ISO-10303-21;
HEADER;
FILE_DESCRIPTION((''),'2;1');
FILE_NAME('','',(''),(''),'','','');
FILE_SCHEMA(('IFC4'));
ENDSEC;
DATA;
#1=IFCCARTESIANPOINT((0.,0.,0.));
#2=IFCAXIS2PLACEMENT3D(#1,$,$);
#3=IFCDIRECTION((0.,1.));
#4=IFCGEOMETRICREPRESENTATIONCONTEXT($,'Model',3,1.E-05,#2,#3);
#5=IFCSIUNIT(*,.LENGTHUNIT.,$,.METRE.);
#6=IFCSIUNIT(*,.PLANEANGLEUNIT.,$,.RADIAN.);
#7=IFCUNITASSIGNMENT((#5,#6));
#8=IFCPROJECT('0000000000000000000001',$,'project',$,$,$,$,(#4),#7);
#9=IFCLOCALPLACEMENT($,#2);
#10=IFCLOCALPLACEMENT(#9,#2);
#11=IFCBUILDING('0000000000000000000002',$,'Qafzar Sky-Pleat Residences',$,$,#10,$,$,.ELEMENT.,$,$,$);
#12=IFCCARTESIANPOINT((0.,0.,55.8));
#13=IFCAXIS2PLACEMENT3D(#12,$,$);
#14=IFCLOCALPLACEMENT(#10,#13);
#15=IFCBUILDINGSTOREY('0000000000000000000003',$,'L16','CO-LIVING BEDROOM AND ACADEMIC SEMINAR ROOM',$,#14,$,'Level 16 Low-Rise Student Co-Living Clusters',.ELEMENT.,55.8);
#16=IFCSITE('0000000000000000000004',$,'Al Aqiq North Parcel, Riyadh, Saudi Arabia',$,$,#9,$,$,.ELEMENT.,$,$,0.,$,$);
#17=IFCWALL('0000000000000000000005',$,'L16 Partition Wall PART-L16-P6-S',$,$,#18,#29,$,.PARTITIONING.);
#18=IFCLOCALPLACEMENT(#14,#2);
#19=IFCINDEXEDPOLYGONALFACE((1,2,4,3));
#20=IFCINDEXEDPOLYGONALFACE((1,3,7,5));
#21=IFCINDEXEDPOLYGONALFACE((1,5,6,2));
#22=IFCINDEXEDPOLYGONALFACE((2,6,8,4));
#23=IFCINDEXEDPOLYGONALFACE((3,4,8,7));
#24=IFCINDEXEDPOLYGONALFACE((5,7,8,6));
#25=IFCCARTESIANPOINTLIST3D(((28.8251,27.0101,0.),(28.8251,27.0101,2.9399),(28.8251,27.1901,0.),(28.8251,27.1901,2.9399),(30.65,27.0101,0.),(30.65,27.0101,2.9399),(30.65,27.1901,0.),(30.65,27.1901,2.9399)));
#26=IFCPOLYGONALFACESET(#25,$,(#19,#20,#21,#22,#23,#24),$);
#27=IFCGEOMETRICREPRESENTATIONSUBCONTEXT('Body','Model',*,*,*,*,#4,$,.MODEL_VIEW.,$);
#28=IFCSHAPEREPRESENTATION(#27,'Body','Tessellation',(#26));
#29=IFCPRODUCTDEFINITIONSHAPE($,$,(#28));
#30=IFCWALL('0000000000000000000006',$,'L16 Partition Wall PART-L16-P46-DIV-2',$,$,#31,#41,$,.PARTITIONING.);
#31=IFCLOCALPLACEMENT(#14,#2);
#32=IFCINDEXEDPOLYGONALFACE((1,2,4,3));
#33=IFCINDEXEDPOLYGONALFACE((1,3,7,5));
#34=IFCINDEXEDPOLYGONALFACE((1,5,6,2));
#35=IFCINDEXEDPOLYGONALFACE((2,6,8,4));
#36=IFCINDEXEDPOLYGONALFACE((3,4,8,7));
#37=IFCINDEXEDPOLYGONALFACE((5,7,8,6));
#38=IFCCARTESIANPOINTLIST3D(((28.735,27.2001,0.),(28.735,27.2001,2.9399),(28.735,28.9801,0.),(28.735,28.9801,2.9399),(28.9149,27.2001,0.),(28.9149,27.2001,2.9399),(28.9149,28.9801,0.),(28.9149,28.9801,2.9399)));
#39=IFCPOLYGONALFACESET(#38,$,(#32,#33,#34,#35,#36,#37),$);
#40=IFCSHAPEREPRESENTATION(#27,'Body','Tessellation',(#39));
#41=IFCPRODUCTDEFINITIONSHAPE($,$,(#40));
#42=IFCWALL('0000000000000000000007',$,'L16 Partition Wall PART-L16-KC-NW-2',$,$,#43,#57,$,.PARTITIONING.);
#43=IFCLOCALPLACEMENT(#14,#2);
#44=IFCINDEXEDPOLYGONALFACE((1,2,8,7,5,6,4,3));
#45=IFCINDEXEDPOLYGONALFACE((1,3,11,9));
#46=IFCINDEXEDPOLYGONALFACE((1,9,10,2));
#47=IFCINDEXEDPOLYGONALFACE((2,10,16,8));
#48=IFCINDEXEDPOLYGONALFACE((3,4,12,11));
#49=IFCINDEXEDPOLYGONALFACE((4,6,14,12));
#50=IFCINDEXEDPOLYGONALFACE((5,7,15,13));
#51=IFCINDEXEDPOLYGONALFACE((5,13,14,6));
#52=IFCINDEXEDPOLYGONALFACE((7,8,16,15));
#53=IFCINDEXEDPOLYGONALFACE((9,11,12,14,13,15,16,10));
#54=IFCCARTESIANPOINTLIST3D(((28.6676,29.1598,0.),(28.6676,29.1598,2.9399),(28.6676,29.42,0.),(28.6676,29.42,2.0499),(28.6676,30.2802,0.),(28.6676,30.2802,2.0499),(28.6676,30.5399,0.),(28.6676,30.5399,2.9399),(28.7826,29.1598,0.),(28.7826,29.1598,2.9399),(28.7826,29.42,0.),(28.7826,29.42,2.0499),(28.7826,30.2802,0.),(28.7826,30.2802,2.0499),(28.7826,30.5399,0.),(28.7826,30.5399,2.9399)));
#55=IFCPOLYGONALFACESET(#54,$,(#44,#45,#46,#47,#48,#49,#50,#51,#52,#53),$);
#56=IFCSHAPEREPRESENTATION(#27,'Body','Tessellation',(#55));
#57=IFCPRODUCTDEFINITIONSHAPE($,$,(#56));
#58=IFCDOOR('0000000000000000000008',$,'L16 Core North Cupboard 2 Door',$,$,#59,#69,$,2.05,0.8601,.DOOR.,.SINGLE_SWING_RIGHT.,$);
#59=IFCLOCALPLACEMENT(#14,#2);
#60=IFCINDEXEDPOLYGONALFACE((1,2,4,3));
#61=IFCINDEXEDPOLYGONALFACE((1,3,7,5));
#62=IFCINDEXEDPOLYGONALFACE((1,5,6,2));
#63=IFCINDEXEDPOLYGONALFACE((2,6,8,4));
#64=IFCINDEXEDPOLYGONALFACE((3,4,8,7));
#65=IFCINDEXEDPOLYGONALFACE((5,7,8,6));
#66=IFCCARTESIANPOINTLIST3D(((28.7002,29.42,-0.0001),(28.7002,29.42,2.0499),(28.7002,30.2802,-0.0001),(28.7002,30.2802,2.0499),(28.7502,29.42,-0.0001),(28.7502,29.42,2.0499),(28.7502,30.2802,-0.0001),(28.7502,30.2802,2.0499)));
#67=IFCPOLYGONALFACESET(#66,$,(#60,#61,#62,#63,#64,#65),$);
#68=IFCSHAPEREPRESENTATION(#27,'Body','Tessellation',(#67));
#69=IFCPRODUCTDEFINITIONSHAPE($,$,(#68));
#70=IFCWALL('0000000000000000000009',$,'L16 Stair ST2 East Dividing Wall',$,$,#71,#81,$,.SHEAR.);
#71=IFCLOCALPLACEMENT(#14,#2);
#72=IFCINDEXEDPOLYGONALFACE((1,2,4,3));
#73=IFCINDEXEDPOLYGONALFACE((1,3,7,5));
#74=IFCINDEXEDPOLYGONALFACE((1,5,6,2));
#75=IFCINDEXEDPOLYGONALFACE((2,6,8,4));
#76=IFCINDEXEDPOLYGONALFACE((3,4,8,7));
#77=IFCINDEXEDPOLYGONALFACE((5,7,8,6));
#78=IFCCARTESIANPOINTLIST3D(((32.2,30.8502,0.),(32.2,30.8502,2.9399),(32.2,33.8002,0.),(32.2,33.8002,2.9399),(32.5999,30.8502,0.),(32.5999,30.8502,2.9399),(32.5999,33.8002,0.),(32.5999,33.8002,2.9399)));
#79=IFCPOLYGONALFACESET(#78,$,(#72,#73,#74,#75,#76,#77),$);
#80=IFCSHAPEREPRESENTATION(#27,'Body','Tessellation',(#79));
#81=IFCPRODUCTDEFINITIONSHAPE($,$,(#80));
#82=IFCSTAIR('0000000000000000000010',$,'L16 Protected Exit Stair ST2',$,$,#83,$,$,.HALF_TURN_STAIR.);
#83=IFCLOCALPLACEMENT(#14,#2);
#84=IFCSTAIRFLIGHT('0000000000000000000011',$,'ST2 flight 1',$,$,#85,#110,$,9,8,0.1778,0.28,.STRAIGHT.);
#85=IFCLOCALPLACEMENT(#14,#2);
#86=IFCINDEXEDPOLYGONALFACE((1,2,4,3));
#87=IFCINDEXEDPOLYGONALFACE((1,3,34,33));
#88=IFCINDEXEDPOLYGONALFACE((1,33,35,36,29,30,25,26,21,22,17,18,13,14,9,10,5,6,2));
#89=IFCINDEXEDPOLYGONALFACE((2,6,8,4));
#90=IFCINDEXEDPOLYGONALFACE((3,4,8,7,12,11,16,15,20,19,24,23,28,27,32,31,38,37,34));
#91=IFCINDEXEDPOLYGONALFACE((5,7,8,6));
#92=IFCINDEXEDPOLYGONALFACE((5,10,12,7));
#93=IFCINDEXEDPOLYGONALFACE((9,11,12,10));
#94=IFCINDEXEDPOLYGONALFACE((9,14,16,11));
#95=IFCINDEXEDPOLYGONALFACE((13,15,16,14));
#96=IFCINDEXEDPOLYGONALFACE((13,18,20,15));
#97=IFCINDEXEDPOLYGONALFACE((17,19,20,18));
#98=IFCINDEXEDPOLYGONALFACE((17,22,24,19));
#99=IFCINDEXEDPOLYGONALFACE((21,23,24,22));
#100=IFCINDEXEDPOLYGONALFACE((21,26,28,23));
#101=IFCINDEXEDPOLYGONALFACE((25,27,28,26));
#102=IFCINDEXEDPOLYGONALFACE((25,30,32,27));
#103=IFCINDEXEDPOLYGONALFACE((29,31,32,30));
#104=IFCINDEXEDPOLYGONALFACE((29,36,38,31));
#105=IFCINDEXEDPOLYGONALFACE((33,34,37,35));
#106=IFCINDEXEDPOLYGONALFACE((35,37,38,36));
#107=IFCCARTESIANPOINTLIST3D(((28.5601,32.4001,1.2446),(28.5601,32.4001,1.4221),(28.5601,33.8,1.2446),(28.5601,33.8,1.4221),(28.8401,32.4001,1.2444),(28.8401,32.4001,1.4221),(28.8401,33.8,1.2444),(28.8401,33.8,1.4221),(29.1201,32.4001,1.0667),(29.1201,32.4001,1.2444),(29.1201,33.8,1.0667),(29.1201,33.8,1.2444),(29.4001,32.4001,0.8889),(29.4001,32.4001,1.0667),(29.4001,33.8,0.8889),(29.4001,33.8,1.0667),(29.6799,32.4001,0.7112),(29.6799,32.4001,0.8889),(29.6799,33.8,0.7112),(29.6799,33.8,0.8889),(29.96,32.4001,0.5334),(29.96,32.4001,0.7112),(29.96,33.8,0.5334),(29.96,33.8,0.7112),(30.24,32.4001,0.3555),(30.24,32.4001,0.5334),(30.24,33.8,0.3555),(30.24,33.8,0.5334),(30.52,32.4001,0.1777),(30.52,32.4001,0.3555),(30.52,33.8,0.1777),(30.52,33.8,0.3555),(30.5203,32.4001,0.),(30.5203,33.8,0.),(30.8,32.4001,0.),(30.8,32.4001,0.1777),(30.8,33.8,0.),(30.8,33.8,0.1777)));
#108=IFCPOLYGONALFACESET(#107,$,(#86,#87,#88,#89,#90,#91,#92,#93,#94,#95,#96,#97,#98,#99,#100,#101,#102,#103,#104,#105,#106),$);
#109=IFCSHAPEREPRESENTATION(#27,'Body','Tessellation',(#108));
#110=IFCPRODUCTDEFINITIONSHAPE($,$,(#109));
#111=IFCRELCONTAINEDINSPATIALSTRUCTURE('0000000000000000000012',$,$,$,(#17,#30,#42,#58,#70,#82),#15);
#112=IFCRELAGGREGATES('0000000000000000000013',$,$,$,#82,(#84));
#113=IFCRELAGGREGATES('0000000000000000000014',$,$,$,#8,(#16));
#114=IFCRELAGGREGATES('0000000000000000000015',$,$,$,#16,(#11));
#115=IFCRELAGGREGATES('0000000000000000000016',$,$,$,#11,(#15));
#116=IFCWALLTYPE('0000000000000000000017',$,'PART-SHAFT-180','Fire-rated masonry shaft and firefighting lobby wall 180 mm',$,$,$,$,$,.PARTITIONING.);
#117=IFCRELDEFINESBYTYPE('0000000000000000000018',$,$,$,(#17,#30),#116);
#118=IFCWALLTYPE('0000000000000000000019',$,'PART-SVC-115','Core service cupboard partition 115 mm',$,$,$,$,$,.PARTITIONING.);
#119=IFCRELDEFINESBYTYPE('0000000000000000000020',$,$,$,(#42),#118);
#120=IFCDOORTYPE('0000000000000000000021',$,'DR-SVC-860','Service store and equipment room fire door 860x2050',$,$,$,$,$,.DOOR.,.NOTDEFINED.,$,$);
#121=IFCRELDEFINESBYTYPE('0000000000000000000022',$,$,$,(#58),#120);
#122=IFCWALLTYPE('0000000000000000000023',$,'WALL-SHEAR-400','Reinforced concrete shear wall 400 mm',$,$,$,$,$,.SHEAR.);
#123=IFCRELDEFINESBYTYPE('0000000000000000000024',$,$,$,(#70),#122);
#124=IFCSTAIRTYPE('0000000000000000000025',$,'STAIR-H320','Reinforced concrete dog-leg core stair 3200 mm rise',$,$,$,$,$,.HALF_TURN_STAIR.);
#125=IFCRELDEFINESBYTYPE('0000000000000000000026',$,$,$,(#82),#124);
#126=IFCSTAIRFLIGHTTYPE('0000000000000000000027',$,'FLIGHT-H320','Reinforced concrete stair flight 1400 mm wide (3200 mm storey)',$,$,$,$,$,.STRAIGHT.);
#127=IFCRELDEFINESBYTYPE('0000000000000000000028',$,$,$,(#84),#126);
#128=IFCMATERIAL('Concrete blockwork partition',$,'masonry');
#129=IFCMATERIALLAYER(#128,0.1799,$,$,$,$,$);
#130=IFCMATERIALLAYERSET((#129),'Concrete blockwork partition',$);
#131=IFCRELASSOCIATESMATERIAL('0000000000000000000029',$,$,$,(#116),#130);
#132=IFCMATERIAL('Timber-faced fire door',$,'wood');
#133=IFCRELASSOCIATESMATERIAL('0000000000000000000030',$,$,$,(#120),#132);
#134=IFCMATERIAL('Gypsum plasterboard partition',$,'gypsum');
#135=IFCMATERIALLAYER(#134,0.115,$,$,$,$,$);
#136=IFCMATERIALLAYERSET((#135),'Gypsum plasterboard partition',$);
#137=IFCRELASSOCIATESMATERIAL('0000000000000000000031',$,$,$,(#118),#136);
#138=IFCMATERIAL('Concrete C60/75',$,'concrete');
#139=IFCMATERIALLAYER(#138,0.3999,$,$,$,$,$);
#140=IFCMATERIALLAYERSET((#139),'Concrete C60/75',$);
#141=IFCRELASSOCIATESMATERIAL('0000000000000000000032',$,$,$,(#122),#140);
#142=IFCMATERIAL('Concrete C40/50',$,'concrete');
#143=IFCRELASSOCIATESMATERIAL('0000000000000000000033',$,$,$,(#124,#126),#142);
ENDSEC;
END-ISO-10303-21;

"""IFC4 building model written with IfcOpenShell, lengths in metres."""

from ifc_helpers import new_model, si_unit, direction, frame, frame_2d, origin, place, context, subcontext, project, spatial, polyline, rectangle, outline, extrude, source, transform, mapped, material, layer, layer_set, type_object, element, fill, aggregate, save


model = new_model("IFC4")

# Units and contexts
model_context = context("Model", 3, precision=1e-05, world=origin(), true_north=direction((0.0, 1.0)))
body_context = subcontext(model_context, "Body", "Model", "MODEL_VIEW")
ifc_project = project(units=[si_unit("LENGTHUNIT", "METRE"), si_unit("PLANEANGLEUNIT", "RADIAN")], contexts=[model_context])

# Site, building, storey
site_placement = place(None, origin())
site = spatial("IfcSite", under=ifc_project, at=site_placement, Name="Al Aqiq North Parcel, Riyadh, Saudi Arabia", CompositionType="ELEMENT", RefElevation=0.0)
building_placement = place(site_placement, origin())
building = spatial("IfcBuilding", under=site, at=building_placement, Name="Qafzar Sky-Pleat Residences", CompositionType="ELEMENT")
storey_placement = place(building_placement, frame((0.0, 0.0, 55.8)))
storey = spatial("IfcBuildingStorey", under=building, at=storey_placement, Name="L16", Description="CO-LIVING BEDROOM AND ACADEMIC SEMINAR ROOM", LongName="Level 16 Low-Rise Student Co-Living Clusters", CompositionType="ELEMENT", Elevation=55.8)

# Shared definitions
ifc_material_1 = material(Name="Timber-faced fire door", Category="wood")
ifc_material_2 = material(Name="Concrete blockwork partition", Category="masonry")
ifc_layer_1 = layer(ifc_material_2, 0.1799)
ifc_layer_set_1 = layer_set([ifc_layer_1], Name="Concrete blockwork partition")
wall_type_1 = type_object("IfcWallType", Name="PART-SHAFT-180", Description="Fire-rated masonry shaft and firefighting lobby wall 180 mm", PredefinedType="PARTITIONING", material=ifc_layer_set_1)
door_type_1 = type_object("IfcDoorType", Name="DR-SVC-860", Description="Service store and equipment room fire door 860x2050", OperationType="NOTDEFINED", PredefinedType="DOOR", material=ifc_material_1)
shared_shape_1 = source(origin(), body_context, "Body", "SweptSolid", [
    extrude(rectangle(XDim=0.8601, YDim=2.05, at=frame_2d((0.4302, 1.0249))), frame((0.0, 0.0249, 0.0), z_axis=(0.0, -1.0, 0.0), x_axis=(1.0, 0.0, 0.0)), (0.0, 0.0, 1.0), 0.05),
])

# Walls
wall_1_placement = place(storey_placement, frame((28.825, 27.1001, 0.0), z_axis=(0.0, 0.0, 1.0), x_axis=(1.0, 0.0, 0.0)))
element("IfcWall", 1, at=wall_1_placement, inside=storey, type_object=wall_type_1, Name="L16 Partition Wall PART-L16-P6-S", PredefinedType="PARTITIONING", context=body_context, shape_type="SweptSolid", body=[
    extrude(rectangle(XDim=1.825, YDim=0.1799, at=frame_2d((0.9126, 0.0))), origin(), (0.0, 0.0, 1.0), 2.9399),
])
wall_2_placement = place(storey_placement, frame((28.825, 27.2, 0.0), z_axis=(0.0, 0.0, 1.0), x_axis=(0.0, 1.0, 0.0)))
element("IfcWall", 2, at=wall_2_placement, inside=storey, type_object=wall_type_1, Name="L16 Partition Wall PART-L16-P46-DIV-2", PredefinedType="PARTITIONING", context=body_context, shape_type="SweptSolid", body=[
    extrude(rectangle(XDim=1.78, YDim=0.1799, at=frame_2d((0.8901, 0.0))), origin(), (0.0, 0.0, 1.0), 2.9399),
])

# Wall, opening, door
ifc_material_3 = material(Name="Gypsum plasterboard partition", Category="gypsum")
ifc_layer_2 = layer(ifc_material_3, 0.115)
ifc_layer_set_2 = layer_set([ifc_layer_2], Name="Gypsum plasterboard partition")
wall_type_2 = type_object("IfcWallType", Name="PART-SVC-115", Description="Core service cupboard partition 115 mm", PredefinedType="PARTITIONING", material=ifc_layer_set_2)
wall_3_placement = place(storey_placement, frame((28.7251, 29.1599, 0.0), z_axis=(0.0, 0.0, 1.0), x_axis=(0.0, 1.0, 0.0)))
wall_3 = element("IfcWall", 3, at=wall_3_placement, inside=storey, type_object=wall_type_2, Name="L16 Partition Wall PART-L16-KC-NW-2", PredefinedType="PARTITIONING", context=body_context, shape_type="SweptSolid", body=[
    extrude(rectangle(XDim=1.3801, YDim=0.115, at=frame_2d((0.6899, 0.0))), origin(), (0.0, 0.0, 1.0), 2.9399),
])
opening_1_placement = place(wall_3_placement, frame((0.26, 0.0, 0.0)))
opening_1 = element("IfcOpeningElement", 4, at=opening_1_placement, cuts=wall_3, PredefinedType="OPENING", context=body_context, shape_type="SweptSolid", body=[
    extrude(rectangle(XDim=0.8601, YDim=2.05, at=frame_2d((0.4302, 1.0249))), frame((0.0, 0.0674, 0.0), z_axis=(0.0, -1.0, 0.0), x_axis=(1.0, 0.0, 0.0)), (0.0, 0.0, 1.0), 0.135),
])
door_1_placement = place(opening_1_placement, origin())
door_1 = element("IfcDoor", 5, at=door_1_placement, inside=storey, type_object=door_type_1, Name="L16 Core North Cupboard 2 Door", OperationType="SINGLE_SWING_RIGHT", OverallHeight=2.05, OverallWidth=0.8601, PredefinedType="DOOR", context=body_context, shape_type="MappedRepresentation", body=[
    mapped(shared_shape_1, transform((0.0, 0.0, 0.0), x_axis=(1.0, 0.0, 0.0), y_axis=(0.0, 1.0, 0.0), z_axis=(0.0, 0.0, 1.0), scale=1.0)),
])
fill(opening_1, door_1)

# Wall
ifc_material_4 = material(Name="Concrete C60/75", Category="concrete")
ifc_layer_3 = layer(ifc_material_4, 0.3999)
ifc_layer_set_3 = layer_set([ifc_layer_3], Name="Concrete C60/75")
wall_type_3 = type_object("IfcWallType", Name="WALL-SHEAR-400", Description="Reinforced concrete shear wall 400 mm", PredefinedType="SHEAR", material=ifc_layer_set_3)
wall_4_placement = place(storey_placement, frame((32.3999, 30.8501, 0.0), z_axis=(0.0, 0.0, 1.0), x_axis=(0.0, 1.0, 0.0)))
element("IfcWall", 6, at=wall_4_placement, inside=storey, type_object=wall_type_3, Name="L16 Stair ST2 East Dividing Wall", PredefinedType="SHEAR", context=body_context, shape_type="SweptSolid", body=[
    extrude(rectangle(XDim=2.95, YDim=0.3999, at=frame_2d((1.4751, 0.0))), origin(), (0.0, 0.0, 1.0), 2.9399),
])

# Stair, stair flight
ifc_material_5 = material(Name="Concrete C40/50", Category="concrete")
stair_type = type_object("IfcStairType", Name="STAIR-H320", Description="Reinforced concrete dog-leg core stair 3200 mm rise", PredefinedType="HALF_TURN_STAIR", material=ifc_material_5)
stair_placement = place(storey_placement, origin())
stair = element("IfcStair", 7, at=stair_placement, inside=storey, type_object=stair_type, Name="L16 Protected Exit Stair ST2", PredefinedType="HALF_TURN_STAIR")
stair_flight_type = type_object("IfcStairFlightType", Name="FLIGHT-H320", Description="Reinforced concrete stair flight 1400 mm wide (3200 mm storey)", PredefinedType="STRAIGHT", material=ifc_material_5)
shared_shape_2 = source(origin(), body_context, "Body", "SweptSolid", [
    extrude(outline(polyline([(0.0, 0.0), (0.0, 0.1777), (0.28, 0.1777), (0.28, 0.3555), (0.5601, 0.3555), (0.5601, 0.5334), (0.8401, 0.5334), (0.8401, 0.7112), (1.1201, 0.7112), (1.1201, 0.8889), (1.3999, 0.8889), (1.3999, 1.0667), (1.6799, 1.0667), (1.6799, 1.2444), (1.96, 1.2444), (1.96, 1.4221), (2.24, 1.4221), (2.24, 1.6001), (2.24, 1.2446), (0.2798, 0.0), (0.0, 0.0)])), frame((0.0, 0.7, 0.0), z_axis=(0.0, -1.0, 0.0), x_axis=(1.0, 0.0, 0.0)), (0.0, 0.0, 1.0), 1.3999),
])
stair_flight_placement = place(storey_placement, frame((30.8, 33.1001, 0.0), z_axis=(0.0, 0.0, 1.0), x_axis=(-1.0, 0.0, 0.0)))
stair_flight = element("IfcStairFlight", 8, at=stair_flight_placement, type_object=stair_flight_type, Name="ST2 flight 1", NumberOfRisers=9, NumberOfTreads=8, PredefinedType="STRAIGHT", RiserHeight=0.1778, TreadLength=0.28, context=body_context, shape_type="MappedRepresentation", body=[
    mapped(shared_shape_2, transform((0.0, 0.0, 0.0), x_axis=(1.0, 0.0, 0.0), y_axis=(0.0, 1.0, 0.0), z_axis=(0.0, 0.0, 1.0), scale=1.0)),
])
aggregate(stair, [stair_flight])

save(model, "model.ifc")
